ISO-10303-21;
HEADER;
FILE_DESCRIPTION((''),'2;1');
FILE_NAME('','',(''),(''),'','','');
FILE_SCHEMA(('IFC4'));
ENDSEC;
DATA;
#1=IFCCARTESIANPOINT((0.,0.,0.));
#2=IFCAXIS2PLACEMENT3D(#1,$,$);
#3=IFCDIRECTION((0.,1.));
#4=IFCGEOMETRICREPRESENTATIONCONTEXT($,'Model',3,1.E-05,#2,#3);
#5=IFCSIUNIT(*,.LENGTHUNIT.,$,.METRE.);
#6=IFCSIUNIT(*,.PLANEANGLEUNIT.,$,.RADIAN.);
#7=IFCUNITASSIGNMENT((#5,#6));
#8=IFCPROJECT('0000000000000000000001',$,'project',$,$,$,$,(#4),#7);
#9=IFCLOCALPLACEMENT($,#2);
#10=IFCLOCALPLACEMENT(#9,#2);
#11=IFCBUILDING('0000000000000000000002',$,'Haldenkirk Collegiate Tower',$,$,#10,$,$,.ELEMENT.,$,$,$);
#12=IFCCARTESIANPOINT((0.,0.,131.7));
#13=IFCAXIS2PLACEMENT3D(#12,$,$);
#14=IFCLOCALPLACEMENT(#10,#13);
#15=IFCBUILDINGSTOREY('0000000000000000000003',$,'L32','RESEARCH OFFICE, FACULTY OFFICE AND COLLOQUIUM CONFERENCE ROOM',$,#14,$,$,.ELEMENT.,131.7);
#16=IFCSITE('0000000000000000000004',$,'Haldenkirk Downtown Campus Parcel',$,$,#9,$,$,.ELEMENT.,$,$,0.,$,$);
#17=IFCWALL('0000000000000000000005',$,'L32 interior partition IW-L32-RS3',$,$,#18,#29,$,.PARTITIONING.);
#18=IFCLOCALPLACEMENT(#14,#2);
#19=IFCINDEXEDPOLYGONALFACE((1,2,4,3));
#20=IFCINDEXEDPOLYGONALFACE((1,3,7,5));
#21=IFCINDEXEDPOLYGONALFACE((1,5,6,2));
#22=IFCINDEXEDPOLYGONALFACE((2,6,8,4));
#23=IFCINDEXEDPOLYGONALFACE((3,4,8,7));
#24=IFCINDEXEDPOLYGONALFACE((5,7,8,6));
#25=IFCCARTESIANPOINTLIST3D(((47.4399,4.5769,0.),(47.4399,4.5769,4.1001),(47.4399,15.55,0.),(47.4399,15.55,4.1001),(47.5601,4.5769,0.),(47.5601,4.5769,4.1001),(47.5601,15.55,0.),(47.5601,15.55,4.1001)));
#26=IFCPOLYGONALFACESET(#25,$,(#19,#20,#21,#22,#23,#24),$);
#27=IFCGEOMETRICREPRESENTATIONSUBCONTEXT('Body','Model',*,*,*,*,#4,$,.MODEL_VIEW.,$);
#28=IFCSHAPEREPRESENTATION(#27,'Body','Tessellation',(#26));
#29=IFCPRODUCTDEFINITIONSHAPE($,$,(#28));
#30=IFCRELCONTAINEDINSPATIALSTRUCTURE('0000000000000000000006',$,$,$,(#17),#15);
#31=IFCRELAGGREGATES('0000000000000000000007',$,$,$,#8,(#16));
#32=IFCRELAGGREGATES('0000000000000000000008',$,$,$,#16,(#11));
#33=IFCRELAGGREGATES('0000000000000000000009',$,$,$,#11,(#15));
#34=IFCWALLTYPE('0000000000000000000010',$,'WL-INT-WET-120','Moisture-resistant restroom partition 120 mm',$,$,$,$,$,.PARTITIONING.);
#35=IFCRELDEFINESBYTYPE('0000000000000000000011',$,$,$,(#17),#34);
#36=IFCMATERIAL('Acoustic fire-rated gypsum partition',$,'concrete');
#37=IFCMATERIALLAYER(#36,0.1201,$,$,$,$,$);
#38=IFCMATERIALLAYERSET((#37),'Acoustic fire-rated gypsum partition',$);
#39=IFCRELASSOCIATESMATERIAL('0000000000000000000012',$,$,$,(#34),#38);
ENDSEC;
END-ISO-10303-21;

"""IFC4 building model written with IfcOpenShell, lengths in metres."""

from ifc_helpers import new_model, si_unit, direction, frame, frame_2d, origin, place, context, subcontext, project, spatial, rectangle, extrude, material, layer, layer_set, type_object, element, save


model = new_model("IFC4")

# Units and contexts
model_context = context("Model", 3, precision=1e-05, world=origin(), true_north=direction((0.0, 1.0)))
body_context = subcontext(model_context, "Body", "Model", "MODEL_VIEW")
ifc_project = project(units=[si_unit("LENGTHUNIT", "METRE"), si_unit("PLANEANGLEUNIT", "RADIAN")], contexts=[model_context])

# Site, building, storey
site_placement = place(None, origin())
site = spatial("IfcSite", under=ifc_project, at=site_placement, Name="Haldenkirk Downtown Campus Parcel", CompositionType="ELEMENT", RefElevation=0.0)
building_placement = place(site_placement, origin())
building = spatial("IfcBuilding", under=site, at=building_placement, Name="Haldenkirk Collegiate Tower", CompositionType="ELEMENT")
storey_placement = place(building_placement, frame((0.0, 0.0, 131.7)))
storey = spatial("IfcBuildingStorey", under=building, at=storey_placement, Name="L32", Description="RESEARCH OFFICE, FACULTY OFFICE AND COLLOQUIUM CONFERENCE ROOM", CompositionType="ELEMENT", Elevation=131.7)

# Shared definitions
ifc_material_1 = material(Name="Acoustic fire-rated gypsum partition", Category="concrete")

# Wall
ifc_layer_1 = layer(ifc_material_1, 0.1201)
ifc_layer_set_1 = layer_set([ifc_layer_1], Name="Acoustic fire-rated gypsum partition")
wall_type_1 = type_object("IfcWallType", Name="WL-INT-WET-120", Description="Moisture-resistant restroom partition 120 mm", PredefinedType="PARTITIONING", material=ifc_layer_set_1)
wall_1_placement = place(storey_placement, frame((47.5, 4.5769, 0.0), z_axis=(0.0, 0.0, 1.0), x_axis=(0.0, 1.0, 0.0)))
element("IfcWall", 1, at=wall_1_placement, inside=storey, type_object=wall_type_1, Name="L32 interior partition IW-L32-RS3", PredefinedType="PARTITIONING", context=body_context, shape_type="SweptSolid", body=[
    extrude(rectangle(XDim=10.9731, YDim=0.1201, at=frame_2d((5.4866, 0.0))), origin(), (0.0, 0.0, 1.0), 4.1001),
])

save(model, "model.ifc")
